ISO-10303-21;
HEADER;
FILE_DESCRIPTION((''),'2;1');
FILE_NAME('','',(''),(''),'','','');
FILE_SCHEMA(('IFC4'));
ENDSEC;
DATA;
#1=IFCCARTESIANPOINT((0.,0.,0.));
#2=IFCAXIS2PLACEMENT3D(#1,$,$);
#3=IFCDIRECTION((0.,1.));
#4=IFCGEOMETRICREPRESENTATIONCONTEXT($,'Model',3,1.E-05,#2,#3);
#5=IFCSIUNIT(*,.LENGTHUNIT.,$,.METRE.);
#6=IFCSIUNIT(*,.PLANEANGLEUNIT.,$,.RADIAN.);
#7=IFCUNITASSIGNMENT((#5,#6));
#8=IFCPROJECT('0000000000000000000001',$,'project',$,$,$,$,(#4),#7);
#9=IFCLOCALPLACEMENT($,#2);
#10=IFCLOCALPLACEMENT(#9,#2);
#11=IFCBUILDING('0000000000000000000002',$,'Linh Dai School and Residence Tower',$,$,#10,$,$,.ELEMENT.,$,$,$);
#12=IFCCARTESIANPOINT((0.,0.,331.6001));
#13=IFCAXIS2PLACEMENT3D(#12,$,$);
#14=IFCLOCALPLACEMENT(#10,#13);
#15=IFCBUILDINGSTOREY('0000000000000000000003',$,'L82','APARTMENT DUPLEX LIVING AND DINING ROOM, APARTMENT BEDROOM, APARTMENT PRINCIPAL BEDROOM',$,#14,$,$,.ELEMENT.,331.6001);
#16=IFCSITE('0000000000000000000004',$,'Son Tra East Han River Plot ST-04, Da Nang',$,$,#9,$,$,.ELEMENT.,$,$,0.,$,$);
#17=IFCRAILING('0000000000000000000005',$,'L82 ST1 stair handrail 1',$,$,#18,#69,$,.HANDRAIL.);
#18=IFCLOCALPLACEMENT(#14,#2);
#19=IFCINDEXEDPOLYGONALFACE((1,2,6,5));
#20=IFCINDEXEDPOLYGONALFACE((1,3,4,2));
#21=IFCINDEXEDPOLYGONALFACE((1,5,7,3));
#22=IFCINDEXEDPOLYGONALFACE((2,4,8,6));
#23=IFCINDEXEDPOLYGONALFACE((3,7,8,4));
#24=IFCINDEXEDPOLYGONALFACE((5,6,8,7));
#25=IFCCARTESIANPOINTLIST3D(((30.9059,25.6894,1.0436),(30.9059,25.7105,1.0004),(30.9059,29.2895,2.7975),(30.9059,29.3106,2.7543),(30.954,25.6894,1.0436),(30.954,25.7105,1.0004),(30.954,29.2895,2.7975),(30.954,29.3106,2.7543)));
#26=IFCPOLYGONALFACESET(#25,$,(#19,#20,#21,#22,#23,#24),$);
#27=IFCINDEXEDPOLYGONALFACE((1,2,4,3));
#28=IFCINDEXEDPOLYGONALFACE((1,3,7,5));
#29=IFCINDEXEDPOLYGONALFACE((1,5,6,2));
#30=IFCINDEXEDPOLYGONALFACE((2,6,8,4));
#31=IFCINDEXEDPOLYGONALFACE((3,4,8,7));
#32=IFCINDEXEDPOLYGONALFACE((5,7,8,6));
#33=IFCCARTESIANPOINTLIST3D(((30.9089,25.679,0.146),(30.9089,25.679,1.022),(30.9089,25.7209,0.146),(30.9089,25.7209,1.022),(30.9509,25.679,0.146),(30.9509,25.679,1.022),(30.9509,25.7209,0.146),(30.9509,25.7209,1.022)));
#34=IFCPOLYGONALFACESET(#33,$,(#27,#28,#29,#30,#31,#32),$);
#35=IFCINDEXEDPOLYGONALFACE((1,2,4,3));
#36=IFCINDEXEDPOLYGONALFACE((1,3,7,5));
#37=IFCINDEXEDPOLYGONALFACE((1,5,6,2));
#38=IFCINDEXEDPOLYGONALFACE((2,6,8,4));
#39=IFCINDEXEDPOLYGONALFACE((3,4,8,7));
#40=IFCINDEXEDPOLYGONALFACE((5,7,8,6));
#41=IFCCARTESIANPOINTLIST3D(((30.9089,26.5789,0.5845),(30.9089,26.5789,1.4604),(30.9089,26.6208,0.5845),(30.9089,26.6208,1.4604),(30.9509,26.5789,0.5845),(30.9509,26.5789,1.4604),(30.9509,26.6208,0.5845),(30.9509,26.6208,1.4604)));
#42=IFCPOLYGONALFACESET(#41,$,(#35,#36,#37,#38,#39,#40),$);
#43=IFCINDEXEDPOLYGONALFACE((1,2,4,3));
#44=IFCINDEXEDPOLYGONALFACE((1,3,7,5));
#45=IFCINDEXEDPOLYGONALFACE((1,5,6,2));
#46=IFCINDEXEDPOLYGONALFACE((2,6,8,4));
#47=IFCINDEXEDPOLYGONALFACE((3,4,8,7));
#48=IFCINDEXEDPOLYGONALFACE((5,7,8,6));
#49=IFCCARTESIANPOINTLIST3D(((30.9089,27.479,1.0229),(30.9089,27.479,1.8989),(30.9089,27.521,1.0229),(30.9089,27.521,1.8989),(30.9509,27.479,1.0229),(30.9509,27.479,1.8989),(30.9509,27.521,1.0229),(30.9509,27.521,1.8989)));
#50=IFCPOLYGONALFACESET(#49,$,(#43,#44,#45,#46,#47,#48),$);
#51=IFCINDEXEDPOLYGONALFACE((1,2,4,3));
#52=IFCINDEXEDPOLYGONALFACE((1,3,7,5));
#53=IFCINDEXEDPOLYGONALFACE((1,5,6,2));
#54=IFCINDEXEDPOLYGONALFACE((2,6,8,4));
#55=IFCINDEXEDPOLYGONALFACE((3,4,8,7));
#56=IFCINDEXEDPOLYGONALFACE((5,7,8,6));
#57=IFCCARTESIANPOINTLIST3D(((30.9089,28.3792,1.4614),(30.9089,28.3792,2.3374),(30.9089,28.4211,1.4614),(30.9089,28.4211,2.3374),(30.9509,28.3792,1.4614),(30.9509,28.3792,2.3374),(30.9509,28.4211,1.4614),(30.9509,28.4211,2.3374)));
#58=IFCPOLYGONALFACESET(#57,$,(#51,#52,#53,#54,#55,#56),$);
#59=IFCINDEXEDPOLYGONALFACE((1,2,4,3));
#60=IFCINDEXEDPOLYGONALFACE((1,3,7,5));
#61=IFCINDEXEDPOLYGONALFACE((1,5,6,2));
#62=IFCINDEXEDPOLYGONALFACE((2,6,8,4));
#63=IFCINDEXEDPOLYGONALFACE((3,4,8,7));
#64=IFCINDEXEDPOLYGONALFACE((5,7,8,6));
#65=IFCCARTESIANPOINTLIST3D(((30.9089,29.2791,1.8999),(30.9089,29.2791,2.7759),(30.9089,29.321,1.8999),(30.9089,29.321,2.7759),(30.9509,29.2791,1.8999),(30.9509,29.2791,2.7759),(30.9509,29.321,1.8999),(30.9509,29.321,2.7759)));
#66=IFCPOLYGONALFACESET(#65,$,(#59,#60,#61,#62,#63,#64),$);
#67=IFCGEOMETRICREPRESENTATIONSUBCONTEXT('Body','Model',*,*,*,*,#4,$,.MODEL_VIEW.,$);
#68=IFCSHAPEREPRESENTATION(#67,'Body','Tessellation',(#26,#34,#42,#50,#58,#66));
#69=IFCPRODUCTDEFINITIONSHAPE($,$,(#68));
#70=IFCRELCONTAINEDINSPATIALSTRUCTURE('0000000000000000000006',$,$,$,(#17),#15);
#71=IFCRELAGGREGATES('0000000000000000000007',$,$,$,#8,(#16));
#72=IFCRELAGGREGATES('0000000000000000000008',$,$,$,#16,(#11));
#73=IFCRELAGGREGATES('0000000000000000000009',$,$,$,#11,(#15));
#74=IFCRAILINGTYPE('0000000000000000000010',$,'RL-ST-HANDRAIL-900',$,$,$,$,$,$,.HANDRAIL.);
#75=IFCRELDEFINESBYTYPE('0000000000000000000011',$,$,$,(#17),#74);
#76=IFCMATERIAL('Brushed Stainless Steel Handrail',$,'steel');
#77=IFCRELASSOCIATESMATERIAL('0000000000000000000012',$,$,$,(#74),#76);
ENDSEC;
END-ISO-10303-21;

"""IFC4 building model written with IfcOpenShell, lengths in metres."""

from ifc_helpers import new_model, si_unit, direction, frame, origin, origin_2d, place, context, subcontext, project, spatial, rectangle, extrude, source, transform, mapped, material, type_object, element, save


model = new_model("IFC4")

# Units and contexts
model_context = context("Model", 3, precision=1e-05, world=origin(), true_north=direction((0.0, 1.0)))
body_context = subcontext(model_context, "Body", "Model", "MODEL_VIEW")
ifc_project = project(units=[si_unit("LENGTHUNIT", "METRE"), si_unit("PLANEANGLEUNIT", "RADIAN")], contexts=[model_context])

# Site, building, storey
site_placement = place(None, origin())
site = spatial("IfcSite", under=ifc_project, at=site_placement, Name="Son Tra East Han River Plot ST-04, Da Nang", CompositionType="ELEMENT", RefElevation=0.0)
building_placement = place(site_placement, origin())
building = spatial("IfcBuilding", under=site, at=building_placement, Name="Linh Dai School and Residence Tower", CompositionType="ELEMENT")
storey_placement = place(building_placement, frame((0.0, 0.0, 331.6001)))
storey = spatial("IfcBuildingStorey", under=building, at=storey_placement, Name="L82", Description="APARTMENT DUPLEX LIVING AND DINING ROOM, APARTMENT BEDROOM, APARTMENT PRINCIPAL BEDROOM", CompositionType="ELEMENT", Elevation=331.6001)

# Railing
ifc_material_1 = material(Name="Brushed Stainless Steel Handrail", Category="steel")
railing_type_1 = type_object("IfcRailingType", Name="RL-ST-HANDRAIL-900", PredefinedType="HANDRAIL", material=ifc_material_1)
shared_shape_1 = source(origin(), body_context, "Body", "SweptSolid", [
    extrude(rectangle(XDim=0.0481, YDim=0.0481, at=origin_2d()), frame((0.0, 0.0, 0.876), z_axis=(0.0, 0.898989, 0.437972), x_axis=(-1.0, 0.0, 0.0)), (0.0, 0.0, 1.0), 4.0046),
    extrude(rectangle(XDim=0.042, YDim=0.042, at=origin_2d()), origin(), (0.0, 0.0, 1.0), 0.876),
    extrude(rectangle(XDim=0.042, YDim=0.042, at=origin_2d()), frame((0.0, 0.8999, 0.4385)), (0.0, 0.0, 1.0), 0.876),
    extrude(rectangle(XDim=0.042, YDim=0.042, at=origin_2d()), frame((0.0, 1.8, 0.877)), (0.0, 0.0, 1.0), 0.876),
    extrude(rectangle(XDim=0.042, YDim=0.042, at=origin_2d()), frame((0.0, 2.7002, 1.3154)), (0.0, 0.0, 1.0), 0.876),
    extrude(rectangle(XDim=0.042, YDim=0.042, at=origin_2d()), frame((0.0, 3.6001, 1.7539)), (0.0, 0.0, 1.0), 0.876),
])
railing_1_placement = place(storey_placement, frame((30.9299, 25.7, 0.146)))
element("IfcRailing", 1, at=railing_1_placement, inside=storey, type_object=railing_type_1, Name="L82 ST1 stair handrail 1", PredefinedType="HANDRAIL", context=body_context, shape_type="MappedRepresentation", body=[
    mapped(shared_shape_1, transform((0.0, 0.0, 0.0), x_axis=(1.0, 0.0, 0.0), y_axis=(0.0, 1.0, 0.0), z_axis=(0.0, 0.0, 1.0), scale=1.0)),
])

save(model, "model.ifc")
